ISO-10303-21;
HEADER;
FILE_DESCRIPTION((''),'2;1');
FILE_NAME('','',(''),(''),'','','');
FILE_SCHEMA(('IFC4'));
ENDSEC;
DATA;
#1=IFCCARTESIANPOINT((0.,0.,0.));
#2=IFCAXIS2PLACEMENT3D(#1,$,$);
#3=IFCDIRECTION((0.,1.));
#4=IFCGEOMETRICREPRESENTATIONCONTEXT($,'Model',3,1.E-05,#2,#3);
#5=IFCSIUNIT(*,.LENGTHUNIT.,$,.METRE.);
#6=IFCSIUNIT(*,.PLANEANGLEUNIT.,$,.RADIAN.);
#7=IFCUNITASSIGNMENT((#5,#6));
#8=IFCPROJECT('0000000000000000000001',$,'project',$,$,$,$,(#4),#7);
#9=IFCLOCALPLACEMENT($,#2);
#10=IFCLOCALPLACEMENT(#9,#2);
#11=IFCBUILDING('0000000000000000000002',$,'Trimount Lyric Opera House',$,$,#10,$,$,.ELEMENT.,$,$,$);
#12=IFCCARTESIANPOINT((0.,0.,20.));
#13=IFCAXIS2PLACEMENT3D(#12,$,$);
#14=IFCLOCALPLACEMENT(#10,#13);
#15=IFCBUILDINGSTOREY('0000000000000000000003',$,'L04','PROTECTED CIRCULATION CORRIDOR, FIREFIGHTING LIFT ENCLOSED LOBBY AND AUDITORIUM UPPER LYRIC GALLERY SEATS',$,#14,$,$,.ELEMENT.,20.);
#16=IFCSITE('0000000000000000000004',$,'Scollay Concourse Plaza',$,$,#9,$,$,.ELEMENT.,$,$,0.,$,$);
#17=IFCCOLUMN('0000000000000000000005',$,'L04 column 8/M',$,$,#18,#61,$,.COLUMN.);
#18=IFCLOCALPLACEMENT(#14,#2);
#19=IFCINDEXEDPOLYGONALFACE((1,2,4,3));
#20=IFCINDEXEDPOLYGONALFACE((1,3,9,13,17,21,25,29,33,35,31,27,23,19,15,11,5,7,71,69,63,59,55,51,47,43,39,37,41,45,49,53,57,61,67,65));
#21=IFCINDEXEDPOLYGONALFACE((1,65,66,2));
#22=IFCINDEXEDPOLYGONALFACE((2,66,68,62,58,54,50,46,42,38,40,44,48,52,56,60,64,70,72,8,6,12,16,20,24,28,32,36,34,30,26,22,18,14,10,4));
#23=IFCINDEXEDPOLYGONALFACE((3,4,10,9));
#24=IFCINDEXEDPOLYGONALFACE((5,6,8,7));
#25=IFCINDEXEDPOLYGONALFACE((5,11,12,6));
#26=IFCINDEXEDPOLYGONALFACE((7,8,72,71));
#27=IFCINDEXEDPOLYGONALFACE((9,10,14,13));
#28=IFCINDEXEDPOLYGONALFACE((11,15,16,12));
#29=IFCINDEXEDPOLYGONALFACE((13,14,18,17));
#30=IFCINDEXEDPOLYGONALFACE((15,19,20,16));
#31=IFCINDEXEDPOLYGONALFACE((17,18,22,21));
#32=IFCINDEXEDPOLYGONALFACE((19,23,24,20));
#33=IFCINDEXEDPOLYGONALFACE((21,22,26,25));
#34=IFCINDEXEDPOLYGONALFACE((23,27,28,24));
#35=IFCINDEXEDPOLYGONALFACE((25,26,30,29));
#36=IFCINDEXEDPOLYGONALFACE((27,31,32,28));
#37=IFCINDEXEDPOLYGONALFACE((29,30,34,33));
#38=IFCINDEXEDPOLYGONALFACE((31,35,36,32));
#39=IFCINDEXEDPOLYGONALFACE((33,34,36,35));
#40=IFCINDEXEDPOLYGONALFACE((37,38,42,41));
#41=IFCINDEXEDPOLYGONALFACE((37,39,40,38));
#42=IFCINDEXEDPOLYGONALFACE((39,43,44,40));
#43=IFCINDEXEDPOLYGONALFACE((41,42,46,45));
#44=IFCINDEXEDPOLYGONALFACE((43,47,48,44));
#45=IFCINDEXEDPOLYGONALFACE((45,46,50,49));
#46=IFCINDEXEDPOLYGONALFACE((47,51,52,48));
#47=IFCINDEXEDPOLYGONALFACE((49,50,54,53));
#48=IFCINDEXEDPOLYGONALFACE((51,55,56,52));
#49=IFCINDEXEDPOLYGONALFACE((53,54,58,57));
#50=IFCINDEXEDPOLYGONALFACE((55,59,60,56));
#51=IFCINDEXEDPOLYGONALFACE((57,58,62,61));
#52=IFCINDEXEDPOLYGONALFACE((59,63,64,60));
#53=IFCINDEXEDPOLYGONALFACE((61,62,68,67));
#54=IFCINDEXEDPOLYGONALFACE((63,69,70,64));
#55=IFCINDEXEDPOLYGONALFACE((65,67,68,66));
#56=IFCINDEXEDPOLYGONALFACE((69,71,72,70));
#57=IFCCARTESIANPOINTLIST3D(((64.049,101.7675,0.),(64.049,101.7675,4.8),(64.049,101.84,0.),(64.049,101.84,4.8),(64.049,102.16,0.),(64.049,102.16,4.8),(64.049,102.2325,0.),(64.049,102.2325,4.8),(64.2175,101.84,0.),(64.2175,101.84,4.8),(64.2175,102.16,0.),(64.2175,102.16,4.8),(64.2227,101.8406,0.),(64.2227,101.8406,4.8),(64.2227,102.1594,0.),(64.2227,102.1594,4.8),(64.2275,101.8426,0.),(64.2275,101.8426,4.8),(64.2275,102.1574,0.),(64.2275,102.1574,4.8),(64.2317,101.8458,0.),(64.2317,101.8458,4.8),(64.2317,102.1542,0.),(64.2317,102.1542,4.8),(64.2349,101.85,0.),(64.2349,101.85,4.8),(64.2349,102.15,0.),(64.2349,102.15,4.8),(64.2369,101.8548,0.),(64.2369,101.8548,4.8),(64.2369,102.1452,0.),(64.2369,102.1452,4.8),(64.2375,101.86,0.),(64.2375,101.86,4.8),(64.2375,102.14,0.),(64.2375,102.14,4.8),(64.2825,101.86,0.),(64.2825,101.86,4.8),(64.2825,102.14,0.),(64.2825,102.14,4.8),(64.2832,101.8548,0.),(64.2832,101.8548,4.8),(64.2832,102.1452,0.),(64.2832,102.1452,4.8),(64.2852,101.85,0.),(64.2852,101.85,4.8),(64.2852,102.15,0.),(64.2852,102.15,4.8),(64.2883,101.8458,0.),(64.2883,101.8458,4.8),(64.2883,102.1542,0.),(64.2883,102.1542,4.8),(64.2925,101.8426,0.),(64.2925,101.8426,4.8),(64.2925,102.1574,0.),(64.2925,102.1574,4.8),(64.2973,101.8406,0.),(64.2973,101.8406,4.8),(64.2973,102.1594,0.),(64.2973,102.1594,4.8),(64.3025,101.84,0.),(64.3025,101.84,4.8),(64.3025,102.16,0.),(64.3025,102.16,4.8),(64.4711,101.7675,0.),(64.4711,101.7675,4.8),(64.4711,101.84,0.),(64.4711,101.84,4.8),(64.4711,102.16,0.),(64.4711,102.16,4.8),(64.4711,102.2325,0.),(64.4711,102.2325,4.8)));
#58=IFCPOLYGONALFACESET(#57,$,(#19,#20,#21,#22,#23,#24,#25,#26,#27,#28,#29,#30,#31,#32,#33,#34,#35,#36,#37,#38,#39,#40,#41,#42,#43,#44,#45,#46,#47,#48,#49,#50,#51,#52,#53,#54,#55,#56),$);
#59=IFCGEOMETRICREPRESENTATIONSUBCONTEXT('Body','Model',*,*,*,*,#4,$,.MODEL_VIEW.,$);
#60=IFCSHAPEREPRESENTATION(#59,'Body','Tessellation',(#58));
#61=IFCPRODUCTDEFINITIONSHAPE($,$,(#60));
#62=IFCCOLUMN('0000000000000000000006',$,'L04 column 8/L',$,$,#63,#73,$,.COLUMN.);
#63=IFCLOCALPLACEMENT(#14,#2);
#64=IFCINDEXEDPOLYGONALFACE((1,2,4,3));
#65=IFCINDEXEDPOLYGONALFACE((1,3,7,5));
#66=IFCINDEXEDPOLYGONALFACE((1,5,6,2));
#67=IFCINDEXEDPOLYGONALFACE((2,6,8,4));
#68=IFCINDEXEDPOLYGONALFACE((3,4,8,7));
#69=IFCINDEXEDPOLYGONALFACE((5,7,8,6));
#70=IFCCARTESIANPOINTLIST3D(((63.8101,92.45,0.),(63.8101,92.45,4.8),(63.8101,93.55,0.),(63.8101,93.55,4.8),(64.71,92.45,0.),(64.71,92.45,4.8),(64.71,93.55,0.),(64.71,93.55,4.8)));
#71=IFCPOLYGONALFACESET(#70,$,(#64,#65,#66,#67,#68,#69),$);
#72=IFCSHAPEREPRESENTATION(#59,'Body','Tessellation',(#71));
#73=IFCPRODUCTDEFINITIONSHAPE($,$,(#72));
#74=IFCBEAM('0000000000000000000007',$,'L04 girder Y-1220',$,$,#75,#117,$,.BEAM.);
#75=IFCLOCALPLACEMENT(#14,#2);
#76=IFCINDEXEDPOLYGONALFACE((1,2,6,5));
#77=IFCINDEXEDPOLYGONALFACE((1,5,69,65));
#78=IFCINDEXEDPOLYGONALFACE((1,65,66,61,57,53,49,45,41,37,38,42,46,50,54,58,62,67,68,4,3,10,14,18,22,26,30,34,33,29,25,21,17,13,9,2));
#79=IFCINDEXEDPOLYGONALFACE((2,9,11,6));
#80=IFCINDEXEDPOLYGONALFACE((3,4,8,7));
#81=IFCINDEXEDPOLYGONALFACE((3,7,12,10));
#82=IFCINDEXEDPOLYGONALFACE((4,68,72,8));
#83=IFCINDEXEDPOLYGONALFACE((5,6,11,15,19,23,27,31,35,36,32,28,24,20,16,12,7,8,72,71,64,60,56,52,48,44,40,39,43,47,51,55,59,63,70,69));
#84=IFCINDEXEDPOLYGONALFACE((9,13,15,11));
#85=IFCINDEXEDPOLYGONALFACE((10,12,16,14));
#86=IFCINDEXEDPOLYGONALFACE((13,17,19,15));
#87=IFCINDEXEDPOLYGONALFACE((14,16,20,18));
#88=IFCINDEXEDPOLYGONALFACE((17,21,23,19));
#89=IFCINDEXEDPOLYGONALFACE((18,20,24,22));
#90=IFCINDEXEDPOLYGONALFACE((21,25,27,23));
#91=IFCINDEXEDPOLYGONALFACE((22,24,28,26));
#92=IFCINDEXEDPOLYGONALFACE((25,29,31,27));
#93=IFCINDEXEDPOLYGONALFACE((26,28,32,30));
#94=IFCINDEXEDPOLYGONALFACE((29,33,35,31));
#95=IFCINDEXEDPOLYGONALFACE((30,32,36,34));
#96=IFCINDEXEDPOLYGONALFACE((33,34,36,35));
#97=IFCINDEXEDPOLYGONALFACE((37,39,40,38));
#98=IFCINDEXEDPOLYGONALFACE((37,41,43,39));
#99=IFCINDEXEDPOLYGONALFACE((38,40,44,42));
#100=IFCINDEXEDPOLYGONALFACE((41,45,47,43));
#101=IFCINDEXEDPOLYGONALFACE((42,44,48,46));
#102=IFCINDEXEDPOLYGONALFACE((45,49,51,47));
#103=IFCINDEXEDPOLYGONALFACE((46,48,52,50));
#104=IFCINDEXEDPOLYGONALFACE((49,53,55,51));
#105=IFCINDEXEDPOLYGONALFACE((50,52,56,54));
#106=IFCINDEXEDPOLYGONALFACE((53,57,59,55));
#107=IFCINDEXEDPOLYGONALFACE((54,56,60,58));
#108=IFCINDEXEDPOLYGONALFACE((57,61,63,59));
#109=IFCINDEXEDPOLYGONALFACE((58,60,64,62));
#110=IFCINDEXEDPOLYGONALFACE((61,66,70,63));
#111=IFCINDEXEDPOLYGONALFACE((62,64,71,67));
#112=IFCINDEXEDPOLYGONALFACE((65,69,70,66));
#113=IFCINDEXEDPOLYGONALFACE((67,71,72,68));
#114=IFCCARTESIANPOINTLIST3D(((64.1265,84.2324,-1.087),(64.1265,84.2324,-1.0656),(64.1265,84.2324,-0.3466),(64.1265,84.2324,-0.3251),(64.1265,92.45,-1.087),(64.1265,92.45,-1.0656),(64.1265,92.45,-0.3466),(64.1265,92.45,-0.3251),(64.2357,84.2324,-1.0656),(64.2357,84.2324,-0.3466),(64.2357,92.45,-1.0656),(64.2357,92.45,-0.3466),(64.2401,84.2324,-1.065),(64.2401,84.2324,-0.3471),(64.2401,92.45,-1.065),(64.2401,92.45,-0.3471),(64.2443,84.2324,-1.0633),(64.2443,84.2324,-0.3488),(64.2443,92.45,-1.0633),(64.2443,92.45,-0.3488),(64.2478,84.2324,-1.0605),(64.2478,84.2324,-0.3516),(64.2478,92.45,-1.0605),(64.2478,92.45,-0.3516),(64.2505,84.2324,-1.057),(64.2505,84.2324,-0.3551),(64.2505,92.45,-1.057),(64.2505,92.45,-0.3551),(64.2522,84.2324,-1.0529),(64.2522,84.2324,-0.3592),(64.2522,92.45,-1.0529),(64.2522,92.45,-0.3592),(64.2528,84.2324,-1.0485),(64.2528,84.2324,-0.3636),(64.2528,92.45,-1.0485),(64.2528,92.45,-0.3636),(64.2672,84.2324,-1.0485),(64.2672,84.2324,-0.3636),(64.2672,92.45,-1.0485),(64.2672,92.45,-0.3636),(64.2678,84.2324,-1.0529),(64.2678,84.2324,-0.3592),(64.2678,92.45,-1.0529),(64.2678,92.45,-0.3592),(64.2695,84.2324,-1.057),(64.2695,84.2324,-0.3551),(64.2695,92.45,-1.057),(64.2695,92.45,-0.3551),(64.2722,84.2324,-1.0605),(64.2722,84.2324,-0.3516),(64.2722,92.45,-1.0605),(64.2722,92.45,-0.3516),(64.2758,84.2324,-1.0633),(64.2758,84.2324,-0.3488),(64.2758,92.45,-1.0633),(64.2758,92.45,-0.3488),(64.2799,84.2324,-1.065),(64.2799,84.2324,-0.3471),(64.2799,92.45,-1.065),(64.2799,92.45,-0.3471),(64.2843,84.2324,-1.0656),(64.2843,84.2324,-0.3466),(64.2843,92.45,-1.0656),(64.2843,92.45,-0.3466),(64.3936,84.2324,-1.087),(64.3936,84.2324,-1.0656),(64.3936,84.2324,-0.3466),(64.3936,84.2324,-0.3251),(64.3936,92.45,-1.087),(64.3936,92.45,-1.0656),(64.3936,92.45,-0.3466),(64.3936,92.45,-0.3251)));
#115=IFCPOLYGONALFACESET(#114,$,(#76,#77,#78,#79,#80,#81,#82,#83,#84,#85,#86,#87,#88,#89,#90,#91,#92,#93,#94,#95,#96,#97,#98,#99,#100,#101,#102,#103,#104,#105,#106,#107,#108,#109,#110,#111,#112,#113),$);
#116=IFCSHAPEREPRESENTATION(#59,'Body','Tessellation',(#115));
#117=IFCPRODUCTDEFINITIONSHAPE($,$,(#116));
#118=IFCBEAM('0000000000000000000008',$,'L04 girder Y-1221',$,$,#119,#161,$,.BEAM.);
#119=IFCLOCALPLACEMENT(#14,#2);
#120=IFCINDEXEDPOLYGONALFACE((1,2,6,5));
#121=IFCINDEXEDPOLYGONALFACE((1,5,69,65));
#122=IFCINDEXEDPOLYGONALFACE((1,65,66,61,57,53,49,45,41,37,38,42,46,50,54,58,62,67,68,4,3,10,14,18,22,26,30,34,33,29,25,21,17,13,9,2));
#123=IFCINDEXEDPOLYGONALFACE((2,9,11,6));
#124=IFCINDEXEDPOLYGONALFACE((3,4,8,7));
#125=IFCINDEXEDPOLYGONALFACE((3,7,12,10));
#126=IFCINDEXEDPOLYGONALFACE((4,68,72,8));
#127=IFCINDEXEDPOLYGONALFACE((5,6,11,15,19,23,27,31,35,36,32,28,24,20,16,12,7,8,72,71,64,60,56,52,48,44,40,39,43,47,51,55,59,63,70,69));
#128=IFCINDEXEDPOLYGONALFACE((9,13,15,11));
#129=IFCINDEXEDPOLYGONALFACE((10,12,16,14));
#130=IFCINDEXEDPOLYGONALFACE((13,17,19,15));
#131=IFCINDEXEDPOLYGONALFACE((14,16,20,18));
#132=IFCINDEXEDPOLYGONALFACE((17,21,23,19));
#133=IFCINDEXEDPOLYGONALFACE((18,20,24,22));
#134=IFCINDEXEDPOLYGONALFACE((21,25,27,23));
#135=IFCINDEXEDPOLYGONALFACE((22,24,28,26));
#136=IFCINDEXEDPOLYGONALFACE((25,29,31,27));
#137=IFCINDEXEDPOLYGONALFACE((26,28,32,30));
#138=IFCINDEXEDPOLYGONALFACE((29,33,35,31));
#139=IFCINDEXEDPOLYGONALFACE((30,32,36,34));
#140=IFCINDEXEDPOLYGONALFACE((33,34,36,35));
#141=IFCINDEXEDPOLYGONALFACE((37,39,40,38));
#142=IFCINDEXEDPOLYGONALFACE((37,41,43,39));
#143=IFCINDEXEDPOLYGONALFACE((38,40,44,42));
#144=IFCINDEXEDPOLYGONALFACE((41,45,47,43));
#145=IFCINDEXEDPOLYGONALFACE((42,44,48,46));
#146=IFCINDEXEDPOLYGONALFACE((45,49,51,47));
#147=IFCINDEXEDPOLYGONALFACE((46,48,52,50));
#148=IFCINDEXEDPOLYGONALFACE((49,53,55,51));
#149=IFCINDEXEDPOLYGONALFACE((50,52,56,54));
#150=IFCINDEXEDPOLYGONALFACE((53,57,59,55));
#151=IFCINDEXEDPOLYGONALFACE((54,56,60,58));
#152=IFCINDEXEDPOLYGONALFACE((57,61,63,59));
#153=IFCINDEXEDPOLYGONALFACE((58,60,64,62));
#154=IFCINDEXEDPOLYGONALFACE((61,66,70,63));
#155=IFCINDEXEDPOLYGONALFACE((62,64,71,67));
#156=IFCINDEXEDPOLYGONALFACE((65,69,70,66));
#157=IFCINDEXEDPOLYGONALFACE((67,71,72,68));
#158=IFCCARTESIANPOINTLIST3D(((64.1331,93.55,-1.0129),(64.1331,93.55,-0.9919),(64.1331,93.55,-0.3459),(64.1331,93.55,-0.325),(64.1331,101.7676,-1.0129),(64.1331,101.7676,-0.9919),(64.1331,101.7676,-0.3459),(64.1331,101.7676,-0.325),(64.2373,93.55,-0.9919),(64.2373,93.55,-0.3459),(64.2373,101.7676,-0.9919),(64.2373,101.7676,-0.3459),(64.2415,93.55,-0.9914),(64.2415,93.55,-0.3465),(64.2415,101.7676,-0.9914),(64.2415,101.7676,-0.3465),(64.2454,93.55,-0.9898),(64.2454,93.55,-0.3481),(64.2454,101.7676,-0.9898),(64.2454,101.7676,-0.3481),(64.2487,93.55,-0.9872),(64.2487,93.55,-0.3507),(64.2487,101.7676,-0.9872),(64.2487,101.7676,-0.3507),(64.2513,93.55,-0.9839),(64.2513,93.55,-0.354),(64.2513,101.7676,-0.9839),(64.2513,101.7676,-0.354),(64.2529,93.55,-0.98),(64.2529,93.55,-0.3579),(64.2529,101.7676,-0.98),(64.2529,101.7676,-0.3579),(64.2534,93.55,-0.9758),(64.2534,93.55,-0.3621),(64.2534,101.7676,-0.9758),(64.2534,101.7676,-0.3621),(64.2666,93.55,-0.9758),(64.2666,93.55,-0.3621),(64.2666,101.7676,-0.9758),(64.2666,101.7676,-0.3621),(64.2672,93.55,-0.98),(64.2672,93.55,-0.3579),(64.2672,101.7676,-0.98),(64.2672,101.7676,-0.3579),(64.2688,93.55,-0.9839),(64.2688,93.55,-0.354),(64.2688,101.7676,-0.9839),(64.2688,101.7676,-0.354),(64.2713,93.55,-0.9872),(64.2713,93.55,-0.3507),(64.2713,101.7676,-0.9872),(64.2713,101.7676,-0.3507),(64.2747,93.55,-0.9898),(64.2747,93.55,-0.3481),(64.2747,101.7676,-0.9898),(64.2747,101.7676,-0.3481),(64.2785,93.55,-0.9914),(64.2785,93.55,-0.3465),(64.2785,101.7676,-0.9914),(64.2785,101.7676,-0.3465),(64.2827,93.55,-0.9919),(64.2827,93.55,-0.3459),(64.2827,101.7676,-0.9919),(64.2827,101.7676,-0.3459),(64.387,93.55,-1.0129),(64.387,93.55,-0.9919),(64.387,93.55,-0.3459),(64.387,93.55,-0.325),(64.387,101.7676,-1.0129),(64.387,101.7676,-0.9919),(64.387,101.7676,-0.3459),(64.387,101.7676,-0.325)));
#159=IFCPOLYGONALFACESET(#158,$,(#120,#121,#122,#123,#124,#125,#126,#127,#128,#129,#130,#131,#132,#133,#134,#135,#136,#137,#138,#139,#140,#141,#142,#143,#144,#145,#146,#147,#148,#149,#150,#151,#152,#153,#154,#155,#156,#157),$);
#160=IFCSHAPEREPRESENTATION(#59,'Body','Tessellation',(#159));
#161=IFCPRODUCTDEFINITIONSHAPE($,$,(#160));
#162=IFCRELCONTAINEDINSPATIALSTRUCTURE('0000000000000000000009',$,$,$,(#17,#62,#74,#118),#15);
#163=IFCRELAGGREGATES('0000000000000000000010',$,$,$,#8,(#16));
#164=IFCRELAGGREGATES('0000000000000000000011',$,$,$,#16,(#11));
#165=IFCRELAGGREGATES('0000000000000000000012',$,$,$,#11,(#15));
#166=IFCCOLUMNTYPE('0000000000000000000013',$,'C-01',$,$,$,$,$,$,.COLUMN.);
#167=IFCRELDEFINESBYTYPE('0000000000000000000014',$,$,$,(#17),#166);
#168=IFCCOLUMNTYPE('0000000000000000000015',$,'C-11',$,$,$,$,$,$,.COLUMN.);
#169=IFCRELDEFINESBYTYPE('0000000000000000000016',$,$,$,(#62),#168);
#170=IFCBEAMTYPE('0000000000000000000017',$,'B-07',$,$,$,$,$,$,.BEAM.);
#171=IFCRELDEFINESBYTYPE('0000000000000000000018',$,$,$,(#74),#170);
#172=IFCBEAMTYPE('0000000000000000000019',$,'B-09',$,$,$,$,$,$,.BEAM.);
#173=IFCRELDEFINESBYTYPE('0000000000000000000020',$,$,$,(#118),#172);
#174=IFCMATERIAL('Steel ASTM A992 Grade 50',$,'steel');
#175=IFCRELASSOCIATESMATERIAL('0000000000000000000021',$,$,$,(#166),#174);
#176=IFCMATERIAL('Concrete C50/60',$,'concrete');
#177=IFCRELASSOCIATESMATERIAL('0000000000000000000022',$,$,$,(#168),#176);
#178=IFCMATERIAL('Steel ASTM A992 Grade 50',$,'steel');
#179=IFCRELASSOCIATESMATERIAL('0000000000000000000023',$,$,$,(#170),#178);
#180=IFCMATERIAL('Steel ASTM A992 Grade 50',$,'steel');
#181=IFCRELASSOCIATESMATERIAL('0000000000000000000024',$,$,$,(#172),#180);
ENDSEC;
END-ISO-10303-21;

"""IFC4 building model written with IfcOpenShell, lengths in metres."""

from ifc_helpers import new_model, si_unit, direction, frame, origin, origin_2d, place, context, subcontext, project, spatial, rectangle, i_section, extrude, material, material_profile, profile_set, type_object, element, save


model = new_model("IFC4")

# Units and contexts
model_context = context("Model", 3, precision=1e-05, world=origin(), true_north=direction((0.0, 1.0)))
body_context = subcontext(model_context, "Body", "Model", "MODEL_VIEW")
ifc_project = project(units=[si_unit("LENGTHUNIT", "METRE"), si_unit("PLANEANGLEUNIT", "RADIAN")], contexts=[model_context])

# Site, building, storey
site_placement = place(None, origin())
site = spatial("IfcSite", under=ifc_project, at=site_placement, Name="Scollay Concourse Plaza", CompositionType="ELEMENT", RefElevation=0.0)
building_placement = place(site_placement, origin())
building = spatial("IfcBuilding", under=site, at=building_placement, Name="Trimount Lyric Opera House", CompositionType="ELEMENT")
storey_placement = place(building_placement, frame((0.0, 0.0, 20.0)))
storey = spatial("IfcBuildingStorey", under=building, at=storey_placement, Name="L04", Description="PROTECTED CIRCULATION CORRIDOR, FIREFIGHTING LIFT ENCLOSED LOBBY AND AUDITORIUM UPPER LYRIC GALLERY SEATS", CompositionType="ELEMENT", Elevation=20.0)

# Columns
ifc_material_1 = material(Name="Steel ASTM A992 Grade 50", Category="steel")
ifc_material_profile_1 = material_profile(ifc_material_1, i_section(OverallWidth=0.4221, OverallDepth=0.4651, WebThickness=0.0449, FlangeThickness=0.0725, FilletRadius=0.02, at=origin_2d()), Name="W14X398")
ifc_profile_set_1 = profile_set([ifc_material_profile_1], Name="Steel ASTM A992 Grade 50")
column_type_1 = type_object("IfcColumnType", Name="C-01", PredefinedType="COLUMN", material=ifc_profile_set_1)
column_1_placement = place(storey_placement, frame((64.26, 102.0, 0.0), z_axis=(0.0, 0.0, 1.0), x_axis=(1.0, 0.0, 0.0)))
element("IfcColumn", 1, at=column_1_placement, inside=storey, type_object=column_type_1, Name="L04 column 8/M", PredefinedType="COLUMN", context=body_context, shape_type="SweptSolid", body=[
    extrude(i_section(OverallWidth=0.4221, OverallDepth=0.4651, WebThickness=0.0449, FlangeThickness=0.0725, FilletRadius=0.02, at=origin_2d()), origin(), (0.0, 0.0, 1.0), 4.8),
])
ifc_material_2 = material(Name="Concrete C50/60", Category="concrete")
ifc_material_profile_2 = material_profile(ifc_material_2, rectangle(XDim=0.8999, YDim=1.1001, at=origin_2d()), Name="RC1100X900")
ifc_profile_set_2 = profile_set([ifc_material_profile_2], Name="Concrete C50/60")
column_type_2 = type_object("IfcColumnType", Name="C-11", PredefinedType="COLUMN", material=ifc_profile_set_2)
column_2_placement = place(storey_placement, frame((64.26, 93.0, 0.0), z_axis=(0.0, 0.0, 1.0), x_axis=(1.0, 0.0, 0.0)))
element("IfcColumn", 2, at=column_2_placement, inside=storey, type_object=column_type_2, Name="L04 column 8/L", PredefinedType="COLUMN", context=body_context, shape_type="SweptSolid", body=[
    extrude(rectangle(XDim=0.8999, YDim=1.1001, at=origin_2d()), origin(), (0.0, 0.0, 1.0), 4.8),
])

# Beams
ifc_material_3 = material(Name="Steel ASTM A992 Grade 50", Category="steel")
ifc_material_profile_3 = material_profile(ifc_material_3, i_section(OverallWidth=0.2671, OverallDepth=0.762, WebThickness=0.0144, FlangeThickness=0.0215, FilletRadius=0.0171, at=origin_2d()), Name="W30X116")
ifc_profile_set_3 = profile_set([ifc_material_profile_3], Name="Steel ASTM A992 Grade 50")
beam_type_1 = type_object("IfcBeamType", Name="B-07", PredefinedType="BEAM", material=ifc_profile_set_3)
beam_1_placement = place(storey_placement, frame((64.26, 84.2324, -0.7061), z_axis=(0.0, 1.0, 0.0), x_axis=(-1.0, 0.0, 0.0)))
element("IfcBeam", 3, at=beam_1_placement, inside=storey, type_object=beam_type_1, Name="L04 girder Y-1220", PredefinedType="BEAM", context=body_context, shape_type="SweptSolid", body=[
    extrude(i_section(OverallWidth=0.2671, OverallDepth=0.762, WebThickness=0.0144, FlangeThickness=0.0215, FilletRadius=0.0171, at=origin_2d()), origin(), (0.0, 0.0, 1.0), 8.2175),
])
ifc_material_4 = material(Name="Steel ASTM A992 Grade 50", Category="steel")
ifc_material_profile_4 = material_profile(ifc_material_4, i_section(OverallWidth=0.2539, OverallDepth=0.688, WebThickness=0.0132, FlangeThickness=0.021, FilletRadius=0.0161, at=origin_2d()), Name="W27X102")
ifc_profile_set_4 = profile_set([ifc_material_profile_4], Name="Steel ASTM A992 Grade 50")
beam_type_2 = type_object("IfcBeamType", Name="B-09", PredefinedType="BEAM", material=ifc_profile_set_4)
beam_2_placement = place(storey_placement, frame((64.26, 93.55, -0.6689), z_axis=(0.0, 1.0, 0.0), x_axis=(-1.0, 0.0, 0.0)))
element("IfcBeam", 4, at=beam_2_placement, inside=storey, type_object=beam_type_2, Name="L04 girder Y-1221", PredefinedType="BEAM", context=body_context, shape_type="SweptSolid", body=[
    extrude(i_section(OverallWidth=0.2539, OverallDepth=0.688, WebThickness=0.0132, FlangeThickness=0.021, FilletRadius=0.0161, at=origin_2d()), origin(), (0.0, 0.0, 1.0), 8.2175),
])

save(model, "model.ifc")
